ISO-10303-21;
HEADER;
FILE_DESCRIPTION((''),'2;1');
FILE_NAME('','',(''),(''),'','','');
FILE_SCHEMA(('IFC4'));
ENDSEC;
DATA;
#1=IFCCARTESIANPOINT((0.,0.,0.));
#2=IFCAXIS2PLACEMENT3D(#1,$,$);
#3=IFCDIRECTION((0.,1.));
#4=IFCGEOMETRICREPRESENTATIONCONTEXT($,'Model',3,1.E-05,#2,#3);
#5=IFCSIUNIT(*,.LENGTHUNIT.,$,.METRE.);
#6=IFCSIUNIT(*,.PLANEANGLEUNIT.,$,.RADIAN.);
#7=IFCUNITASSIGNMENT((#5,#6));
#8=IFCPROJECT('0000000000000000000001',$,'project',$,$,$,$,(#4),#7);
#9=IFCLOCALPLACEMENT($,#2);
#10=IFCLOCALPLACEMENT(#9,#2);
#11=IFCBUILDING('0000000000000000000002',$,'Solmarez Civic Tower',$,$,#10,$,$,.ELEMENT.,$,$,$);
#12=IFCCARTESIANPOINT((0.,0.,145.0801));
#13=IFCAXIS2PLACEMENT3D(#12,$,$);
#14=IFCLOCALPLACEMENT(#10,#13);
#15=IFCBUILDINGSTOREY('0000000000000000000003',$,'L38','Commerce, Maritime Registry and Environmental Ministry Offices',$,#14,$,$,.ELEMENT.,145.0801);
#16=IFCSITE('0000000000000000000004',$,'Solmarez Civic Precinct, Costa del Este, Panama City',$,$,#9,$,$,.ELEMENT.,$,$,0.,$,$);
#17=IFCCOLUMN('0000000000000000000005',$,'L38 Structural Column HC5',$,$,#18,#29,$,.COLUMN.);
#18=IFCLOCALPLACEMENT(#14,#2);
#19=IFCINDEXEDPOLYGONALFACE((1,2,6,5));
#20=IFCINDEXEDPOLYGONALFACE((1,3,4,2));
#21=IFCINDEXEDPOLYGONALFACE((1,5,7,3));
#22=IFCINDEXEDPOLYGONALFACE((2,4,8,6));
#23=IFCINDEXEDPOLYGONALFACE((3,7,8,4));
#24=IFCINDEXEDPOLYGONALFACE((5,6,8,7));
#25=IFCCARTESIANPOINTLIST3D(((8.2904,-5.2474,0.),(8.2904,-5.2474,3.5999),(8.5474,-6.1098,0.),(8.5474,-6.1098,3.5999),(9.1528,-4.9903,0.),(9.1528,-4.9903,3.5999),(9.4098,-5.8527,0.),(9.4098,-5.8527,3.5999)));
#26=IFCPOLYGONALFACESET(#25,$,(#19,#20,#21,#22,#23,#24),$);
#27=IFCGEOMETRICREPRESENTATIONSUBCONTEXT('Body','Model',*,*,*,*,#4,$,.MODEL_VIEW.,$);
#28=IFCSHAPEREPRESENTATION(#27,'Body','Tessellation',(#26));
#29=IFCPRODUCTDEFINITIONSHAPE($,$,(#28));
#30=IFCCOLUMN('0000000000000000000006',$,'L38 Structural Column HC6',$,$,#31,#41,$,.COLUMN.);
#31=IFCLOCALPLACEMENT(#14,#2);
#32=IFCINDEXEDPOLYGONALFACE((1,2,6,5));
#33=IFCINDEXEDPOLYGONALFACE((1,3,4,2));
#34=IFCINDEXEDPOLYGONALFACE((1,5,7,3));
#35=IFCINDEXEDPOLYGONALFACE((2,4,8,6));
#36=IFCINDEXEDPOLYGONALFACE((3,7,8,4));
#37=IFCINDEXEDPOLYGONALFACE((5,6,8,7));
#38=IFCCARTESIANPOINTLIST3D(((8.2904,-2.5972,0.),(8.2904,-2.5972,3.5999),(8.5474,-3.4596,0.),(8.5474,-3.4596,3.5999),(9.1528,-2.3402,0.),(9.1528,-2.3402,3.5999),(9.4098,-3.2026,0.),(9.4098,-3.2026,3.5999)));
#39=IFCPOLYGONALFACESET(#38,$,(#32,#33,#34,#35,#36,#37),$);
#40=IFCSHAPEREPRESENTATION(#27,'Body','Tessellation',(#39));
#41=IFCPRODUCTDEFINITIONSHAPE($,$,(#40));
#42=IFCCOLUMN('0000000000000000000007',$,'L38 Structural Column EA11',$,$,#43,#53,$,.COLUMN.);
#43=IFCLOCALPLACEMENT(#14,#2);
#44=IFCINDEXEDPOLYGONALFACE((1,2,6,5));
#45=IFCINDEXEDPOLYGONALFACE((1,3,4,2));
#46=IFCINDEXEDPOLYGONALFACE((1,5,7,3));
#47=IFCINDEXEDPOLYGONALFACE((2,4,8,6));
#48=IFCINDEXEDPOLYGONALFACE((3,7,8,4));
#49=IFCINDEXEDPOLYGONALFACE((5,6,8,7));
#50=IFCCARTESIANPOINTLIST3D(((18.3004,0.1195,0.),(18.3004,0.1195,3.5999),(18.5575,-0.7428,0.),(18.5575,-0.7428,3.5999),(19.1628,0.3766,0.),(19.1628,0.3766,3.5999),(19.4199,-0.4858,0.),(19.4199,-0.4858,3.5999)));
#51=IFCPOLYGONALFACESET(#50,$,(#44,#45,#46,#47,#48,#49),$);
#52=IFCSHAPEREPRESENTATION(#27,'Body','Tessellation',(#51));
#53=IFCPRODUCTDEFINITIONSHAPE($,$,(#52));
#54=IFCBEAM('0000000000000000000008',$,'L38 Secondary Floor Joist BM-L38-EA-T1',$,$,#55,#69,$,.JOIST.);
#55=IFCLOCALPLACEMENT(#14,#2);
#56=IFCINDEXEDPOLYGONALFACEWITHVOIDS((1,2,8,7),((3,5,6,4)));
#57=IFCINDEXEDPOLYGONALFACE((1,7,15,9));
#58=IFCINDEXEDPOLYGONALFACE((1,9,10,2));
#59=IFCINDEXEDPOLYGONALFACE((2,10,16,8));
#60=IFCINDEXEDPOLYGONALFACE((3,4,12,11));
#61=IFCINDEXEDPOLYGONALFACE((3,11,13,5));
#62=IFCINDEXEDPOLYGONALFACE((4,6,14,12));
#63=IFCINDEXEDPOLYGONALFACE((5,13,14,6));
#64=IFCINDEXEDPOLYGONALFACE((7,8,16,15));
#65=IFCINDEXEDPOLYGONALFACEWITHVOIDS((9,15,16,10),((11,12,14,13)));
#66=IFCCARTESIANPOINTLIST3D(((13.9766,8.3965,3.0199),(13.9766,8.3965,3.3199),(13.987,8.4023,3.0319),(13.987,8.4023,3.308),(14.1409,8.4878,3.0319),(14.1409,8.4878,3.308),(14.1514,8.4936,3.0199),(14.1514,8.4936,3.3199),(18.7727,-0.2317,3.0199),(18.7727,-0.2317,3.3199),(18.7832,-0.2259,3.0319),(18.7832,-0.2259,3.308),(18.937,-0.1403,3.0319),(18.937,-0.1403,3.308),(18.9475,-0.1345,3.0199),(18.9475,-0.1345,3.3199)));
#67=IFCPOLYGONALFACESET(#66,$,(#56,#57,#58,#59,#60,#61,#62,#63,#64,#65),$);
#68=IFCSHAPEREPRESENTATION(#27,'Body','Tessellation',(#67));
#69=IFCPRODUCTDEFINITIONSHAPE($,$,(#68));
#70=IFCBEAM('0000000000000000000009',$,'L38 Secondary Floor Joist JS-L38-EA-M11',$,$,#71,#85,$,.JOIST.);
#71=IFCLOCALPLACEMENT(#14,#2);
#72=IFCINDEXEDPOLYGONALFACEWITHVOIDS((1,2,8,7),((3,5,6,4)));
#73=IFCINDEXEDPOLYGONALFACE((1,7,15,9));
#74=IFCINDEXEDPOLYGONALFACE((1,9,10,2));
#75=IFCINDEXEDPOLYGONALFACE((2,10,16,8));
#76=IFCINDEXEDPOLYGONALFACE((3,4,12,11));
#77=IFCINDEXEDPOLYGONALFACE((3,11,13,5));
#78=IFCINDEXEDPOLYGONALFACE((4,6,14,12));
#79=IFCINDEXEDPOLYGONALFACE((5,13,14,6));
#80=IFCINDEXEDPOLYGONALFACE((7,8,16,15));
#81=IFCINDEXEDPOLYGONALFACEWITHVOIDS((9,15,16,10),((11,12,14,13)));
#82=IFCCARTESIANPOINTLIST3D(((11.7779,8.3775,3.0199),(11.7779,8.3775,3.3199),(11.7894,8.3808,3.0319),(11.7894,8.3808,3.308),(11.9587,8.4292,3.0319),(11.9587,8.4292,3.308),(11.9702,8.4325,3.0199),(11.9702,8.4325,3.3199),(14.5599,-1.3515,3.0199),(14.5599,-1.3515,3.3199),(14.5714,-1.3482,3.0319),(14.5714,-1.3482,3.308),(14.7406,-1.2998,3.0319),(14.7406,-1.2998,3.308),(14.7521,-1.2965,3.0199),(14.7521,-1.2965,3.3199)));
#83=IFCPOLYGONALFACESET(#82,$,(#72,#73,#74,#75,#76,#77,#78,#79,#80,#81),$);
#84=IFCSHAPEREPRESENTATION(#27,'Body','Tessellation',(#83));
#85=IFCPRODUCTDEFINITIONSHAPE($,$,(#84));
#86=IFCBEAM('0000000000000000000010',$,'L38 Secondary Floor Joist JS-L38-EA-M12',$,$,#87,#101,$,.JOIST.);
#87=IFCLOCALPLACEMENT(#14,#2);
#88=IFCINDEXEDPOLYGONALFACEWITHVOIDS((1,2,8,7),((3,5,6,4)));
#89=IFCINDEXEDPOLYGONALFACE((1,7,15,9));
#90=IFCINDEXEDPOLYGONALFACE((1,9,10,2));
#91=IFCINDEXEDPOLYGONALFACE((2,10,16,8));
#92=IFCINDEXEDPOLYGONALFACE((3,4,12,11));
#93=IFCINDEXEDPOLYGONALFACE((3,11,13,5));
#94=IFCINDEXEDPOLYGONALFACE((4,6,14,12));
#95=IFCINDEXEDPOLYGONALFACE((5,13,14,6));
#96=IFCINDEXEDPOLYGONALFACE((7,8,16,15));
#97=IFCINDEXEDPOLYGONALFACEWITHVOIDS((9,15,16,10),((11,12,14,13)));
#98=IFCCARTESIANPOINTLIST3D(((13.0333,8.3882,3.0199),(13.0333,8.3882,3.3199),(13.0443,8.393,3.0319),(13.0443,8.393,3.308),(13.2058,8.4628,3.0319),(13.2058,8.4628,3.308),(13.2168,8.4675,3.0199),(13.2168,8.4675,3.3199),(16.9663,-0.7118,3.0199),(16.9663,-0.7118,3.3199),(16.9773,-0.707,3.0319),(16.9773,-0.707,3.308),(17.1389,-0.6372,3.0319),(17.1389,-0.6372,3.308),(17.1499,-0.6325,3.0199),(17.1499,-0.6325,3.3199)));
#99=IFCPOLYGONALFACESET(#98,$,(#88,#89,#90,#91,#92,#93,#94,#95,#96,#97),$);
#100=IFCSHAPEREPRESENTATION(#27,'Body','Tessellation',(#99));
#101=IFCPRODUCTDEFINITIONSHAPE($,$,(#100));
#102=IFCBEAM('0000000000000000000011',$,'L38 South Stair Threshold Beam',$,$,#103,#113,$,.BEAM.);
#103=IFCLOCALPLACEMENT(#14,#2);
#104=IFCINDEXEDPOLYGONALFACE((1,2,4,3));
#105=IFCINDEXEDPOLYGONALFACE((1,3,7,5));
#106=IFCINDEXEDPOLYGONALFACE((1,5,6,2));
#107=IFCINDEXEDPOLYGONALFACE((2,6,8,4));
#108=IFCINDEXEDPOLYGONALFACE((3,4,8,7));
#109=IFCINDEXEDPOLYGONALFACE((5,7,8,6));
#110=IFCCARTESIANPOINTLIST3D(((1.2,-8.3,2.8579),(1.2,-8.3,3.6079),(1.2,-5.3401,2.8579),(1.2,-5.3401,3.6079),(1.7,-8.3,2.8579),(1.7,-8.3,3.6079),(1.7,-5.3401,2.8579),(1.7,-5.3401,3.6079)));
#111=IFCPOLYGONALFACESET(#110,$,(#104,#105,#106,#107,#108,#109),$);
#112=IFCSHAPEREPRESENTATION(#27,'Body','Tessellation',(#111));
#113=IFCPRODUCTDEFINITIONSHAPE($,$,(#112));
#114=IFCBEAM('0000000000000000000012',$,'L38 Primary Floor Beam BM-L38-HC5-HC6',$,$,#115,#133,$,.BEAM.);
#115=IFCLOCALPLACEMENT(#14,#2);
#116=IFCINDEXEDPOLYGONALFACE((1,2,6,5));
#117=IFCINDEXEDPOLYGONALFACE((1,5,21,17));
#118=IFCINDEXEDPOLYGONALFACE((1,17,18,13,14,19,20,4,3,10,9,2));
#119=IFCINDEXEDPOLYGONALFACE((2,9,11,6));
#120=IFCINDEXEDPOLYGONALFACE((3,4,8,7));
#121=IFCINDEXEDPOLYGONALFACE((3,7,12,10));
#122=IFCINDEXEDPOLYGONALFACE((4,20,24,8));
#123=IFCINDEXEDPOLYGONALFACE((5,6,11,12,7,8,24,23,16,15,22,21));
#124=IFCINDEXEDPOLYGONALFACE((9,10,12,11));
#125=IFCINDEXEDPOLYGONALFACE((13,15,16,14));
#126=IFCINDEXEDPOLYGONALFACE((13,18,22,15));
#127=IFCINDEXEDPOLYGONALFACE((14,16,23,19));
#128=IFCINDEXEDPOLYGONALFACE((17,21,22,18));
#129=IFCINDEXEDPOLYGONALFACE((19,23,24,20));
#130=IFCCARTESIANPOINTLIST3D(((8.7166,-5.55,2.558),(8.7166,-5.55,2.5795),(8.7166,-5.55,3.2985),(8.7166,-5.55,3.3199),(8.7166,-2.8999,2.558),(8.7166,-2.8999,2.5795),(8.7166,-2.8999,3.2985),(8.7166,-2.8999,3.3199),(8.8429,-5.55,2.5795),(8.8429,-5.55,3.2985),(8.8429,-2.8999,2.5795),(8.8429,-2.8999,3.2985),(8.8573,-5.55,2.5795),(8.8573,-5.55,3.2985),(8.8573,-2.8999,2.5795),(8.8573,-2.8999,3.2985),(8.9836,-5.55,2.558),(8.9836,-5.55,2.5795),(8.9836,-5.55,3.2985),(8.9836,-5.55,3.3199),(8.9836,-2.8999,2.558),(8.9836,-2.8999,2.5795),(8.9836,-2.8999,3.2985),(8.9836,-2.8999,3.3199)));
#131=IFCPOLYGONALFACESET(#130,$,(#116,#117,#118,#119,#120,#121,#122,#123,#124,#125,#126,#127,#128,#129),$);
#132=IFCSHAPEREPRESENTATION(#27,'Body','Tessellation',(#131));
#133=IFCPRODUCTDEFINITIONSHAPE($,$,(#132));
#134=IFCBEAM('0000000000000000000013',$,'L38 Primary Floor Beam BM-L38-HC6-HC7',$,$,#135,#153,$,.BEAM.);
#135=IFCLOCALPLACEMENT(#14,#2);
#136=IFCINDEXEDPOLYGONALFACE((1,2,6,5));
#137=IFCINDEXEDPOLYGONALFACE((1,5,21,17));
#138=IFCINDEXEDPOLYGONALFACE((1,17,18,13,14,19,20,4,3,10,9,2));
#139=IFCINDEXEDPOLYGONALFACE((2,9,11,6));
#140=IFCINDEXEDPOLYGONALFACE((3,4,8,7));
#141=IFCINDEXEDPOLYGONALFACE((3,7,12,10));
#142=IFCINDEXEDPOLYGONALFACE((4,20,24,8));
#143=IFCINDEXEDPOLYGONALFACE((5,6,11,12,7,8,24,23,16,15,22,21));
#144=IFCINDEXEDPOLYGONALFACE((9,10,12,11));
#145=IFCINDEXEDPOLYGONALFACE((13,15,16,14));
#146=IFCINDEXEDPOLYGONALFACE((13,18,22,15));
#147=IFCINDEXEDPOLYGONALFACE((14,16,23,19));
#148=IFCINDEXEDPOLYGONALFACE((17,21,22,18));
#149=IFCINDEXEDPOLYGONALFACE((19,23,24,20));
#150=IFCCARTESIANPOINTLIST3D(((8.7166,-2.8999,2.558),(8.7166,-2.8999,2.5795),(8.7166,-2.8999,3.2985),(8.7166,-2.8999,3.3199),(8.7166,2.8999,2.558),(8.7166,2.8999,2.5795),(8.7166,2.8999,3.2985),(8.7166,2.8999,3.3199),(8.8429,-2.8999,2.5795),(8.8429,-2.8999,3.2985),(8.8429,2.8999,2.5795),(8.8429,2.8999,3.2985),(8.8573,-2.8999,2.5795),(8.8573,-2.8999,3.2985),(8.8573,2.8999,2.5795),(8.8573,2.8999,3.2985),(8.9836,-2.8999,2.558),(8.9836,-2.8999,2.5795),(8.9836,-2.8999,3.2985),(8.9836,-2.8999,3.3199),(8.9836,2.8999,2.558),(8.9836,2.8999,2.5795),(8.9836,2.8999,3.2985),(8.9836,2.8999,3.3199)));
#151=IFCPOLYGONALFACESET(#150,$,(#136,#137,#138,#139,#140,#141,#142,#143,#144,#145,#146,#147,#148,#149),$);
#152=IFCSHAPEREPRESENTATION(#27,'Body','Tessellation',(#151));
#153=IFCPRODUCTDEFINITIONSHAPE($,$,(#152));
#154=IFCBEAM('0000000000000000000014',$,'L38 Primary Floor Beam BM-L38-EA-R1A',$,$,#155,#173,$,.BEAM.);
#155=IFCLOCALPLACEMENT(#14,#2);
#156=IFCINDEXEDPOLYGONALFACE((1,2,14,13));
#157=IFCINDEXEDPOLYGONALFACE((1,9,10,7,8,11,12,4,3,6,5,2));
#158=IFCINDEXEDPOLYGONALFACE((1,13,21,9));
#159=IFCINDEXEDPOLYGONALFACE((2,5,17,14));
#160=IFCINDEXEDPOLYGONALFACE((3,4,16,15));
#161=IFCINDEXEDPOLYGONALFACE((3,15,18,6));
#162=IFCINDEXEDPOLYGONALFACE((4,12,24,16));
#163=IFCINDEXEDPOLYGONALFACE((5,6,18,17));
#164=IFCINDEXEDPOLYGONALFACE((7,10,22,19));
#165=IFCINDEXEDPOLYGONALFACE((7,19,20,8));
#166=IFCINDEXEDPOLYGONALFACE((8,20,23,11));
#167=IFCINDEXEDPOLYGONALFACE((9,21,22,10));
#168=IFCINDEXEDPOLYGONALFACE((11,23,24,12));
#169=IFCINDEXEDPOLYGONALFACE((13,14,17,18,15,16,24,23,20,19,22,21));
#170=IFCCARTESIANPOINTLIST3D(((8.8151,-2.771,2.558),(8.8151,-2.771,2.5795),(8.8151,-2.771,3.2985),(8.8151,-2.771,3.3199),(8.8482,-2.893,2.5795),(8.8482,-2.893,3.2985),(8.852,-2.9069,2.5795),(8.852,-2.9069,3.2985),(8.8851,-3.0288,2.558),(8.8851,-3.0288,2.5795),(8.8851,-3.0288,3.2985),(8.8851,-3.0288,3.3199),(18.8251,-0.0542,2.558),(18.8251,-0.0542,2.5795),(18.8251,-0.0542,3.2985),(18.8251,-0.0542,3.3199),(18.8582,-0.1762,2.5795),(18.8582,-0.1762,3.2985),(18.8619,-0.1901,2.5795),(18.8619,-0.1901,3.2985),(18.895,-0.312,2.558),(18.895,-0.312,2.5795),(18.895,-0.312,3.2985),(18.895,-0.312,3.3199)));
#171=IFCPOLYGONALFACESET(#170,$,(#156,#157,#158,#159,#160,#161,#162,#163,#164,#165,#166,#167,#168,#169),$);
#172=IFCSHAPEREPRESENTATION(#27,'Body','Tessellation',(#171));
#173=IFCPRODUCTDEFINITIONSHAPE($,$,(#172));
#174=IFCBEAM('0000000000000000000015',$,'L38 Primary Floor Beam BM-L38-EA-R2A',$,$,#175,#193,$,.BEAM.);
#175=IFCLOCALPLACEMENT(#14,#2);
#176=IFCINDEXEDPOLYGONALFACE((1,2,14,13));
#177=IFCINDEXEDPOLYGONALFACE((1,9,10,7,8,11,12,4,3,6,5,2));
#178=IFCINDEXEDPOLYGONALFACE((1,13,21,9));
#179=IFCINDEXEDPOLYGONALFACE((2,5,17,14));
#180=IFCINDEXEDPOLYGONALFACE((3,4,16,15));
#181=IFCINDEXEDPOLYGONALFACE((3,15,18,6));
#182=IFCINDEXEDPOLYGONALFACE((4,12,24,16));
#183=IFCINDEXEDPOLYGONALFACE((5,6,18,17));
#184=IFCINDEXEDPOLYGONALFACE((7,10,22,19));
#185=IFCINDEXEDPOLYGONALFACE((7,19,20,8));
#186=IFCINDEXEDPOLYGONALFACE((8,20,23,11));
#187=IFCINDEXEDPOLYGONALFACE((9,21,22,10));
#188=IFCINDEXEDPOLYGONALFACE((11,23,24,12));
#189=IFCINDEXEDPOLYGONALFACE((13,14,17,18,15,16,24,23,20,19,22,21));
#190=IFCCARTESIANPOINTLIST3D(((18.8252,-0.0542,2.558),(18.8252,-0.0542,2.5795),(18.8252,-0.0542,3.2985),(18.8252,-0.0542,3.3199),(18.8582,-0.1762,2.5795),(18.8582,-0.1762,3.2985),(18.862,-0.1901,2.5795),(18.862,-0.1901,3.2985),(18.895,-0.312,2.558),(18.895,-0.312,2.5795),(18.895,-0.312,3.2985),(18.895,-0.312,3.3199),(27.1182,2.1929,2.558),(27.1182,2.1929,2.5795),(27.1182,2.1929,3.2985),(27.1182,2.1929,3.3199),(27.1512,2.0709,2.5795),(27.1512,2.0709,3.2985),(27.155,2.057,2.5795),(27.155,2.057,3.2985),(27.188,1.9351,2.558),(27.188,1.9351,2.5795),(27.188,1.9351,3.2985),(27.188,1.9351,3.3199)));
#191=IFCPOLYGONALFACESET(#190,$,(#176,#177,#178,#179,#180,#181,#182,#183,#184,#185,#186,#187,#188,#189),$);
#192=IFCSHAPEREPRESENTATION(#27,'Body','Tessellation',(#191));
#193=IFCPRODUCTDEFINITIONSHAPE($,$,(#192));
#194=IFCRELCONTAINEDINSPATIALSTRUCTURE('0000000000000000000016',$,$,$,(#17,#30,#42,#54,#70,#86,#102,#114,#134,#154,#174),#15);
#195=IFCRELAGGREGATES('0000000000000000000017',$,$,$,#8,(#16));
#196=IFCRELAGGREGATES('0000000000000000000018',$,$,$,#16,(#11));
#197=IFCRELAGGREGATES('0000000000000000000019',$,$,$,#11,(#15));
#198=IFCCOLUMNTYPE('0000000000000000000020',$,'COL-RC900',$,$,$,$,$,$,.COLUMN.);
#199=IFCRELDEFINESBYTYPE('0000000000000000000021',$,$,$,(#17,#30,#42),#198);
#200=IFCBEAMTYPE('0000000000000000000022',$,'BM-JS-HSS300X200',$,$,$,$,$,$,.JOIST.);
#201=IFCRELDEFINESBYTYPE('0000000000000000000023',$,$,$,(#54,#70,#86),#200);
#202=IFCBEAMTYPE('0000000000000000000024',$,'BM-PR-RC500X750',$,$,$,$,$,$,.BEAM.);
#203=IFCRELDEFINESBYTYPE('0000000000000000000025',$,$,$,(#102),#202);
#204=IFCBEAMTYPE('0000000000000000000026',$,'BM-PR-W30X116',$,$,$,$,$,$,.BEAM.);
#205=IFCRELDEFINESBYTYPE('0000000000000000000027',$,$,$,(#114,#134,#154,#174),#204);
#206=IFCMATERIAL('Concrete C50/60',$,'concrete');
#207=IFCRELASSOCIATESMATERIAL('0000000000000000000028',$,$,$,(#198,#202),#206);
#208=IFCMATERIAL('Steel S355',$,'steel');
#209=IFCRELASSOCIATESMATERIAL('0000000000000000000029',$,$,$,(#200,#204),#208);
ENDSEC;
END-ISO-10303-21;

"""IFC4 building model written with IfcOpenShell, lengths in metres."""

from ifc_helpers import new_model, si_unit, direction, frame, origin, origin_2d, place, context, subcontext, project, spatial, rectangle, hollow_rectangle, i_section, extrude, material, material_profile, profile_set, type_object, element, save


model = new_model("IFC4")

# Units and contexts
model_context = context("Model", 3, precision=1e-05, world=origin(), true_north=direction((0.0, 1.0)))
body_context = subcontext(model_context, "Body", "Model", "MODEL_VIEW")
ifc_project = project(units=[si_unit("LENGTHUNIT", "METRE"), si_unit("PLANEANGLEUNIT", "RADIAN")], contexts=[model_context])

# Site, building, storey
site_placement = place(None, origin())
site = spatial("IfcSite", under=ifc_project, at=site_placement, Name="Solmarez Civic Precinct, Costa del Este, Panama City", CompositionType="ELEMENT", RefElevation=0.0)
building_placement = place(site_placement, origin())
building = spatial("IfcBuilding", under=site, at=building_placement, Name="Solmarez Civic Tower", CompositionType="ELEMENT")
storey_placement = place(building_placement, frame((0.0, 0.0, 145.0801)))
storey = spatial("IfcBuildingStorey", under=building, at=storey_placement, Name="L38", Description="Commerce, Maritime Registry and Environmental Ministry Offices", CompositionType="ELEMENT", Elevation=145.0801)

# Columns
ifc_material_1 = material(Name="Concrete C50/60", Category="concrete")
ifc_material_profile_1 = material_profile(ifc_material_1, rectangle(XDim=0.8999, YDim=0.8999, at=origin_2d()), Name="RC900X900")
ifc_profile_set_1 = profile_set([ifc_material_profile_1], Name="Concrete C50/60")
column_type = type_object("IfcColumnType", Name="COL-RC900", PredefinedType="COLUMN", material=ifc_profile_set_1)
for number, where, z_axis, x_axis, name in (
    (1, (8.8501, -5.55, 0.0), (0.0, 0.0, 1.0), (0.958323, 0.285688, 0.0), "L38 Structural Column HC5"),
    (2, (8.8501, -2.8999, 0.0), (0.0, 0.0, 1.0), (0.958323, 0.285688, 0.0), "L38 Structural Column HC6"),
    (3, (18.8601, -0.1831, 0.0), (0.0, 0.0, 1.0), (0.958323, 0.285688, 0.0), "L38 Structural Column EA11"),
):
    element("IfcColumn", number, at=place(storey_placement, frame(where, z_axis=z_axis, x_axis=x_axis)), inside=storey, type_object=column_type, Name=name, PredefinedType="COLUMN", context=body_context, shape_type="SweptSolid", body=[
        extrude(rectangle(XDim=0.8999, YDim=0.8999, at=origin_2d()), origin(), (0.0, 0.0, 1.0), 3.5999),
    ])

# Beams
ifc_material_2 = material(Name="Steel S355", Category="steel")
ifc_material_profile_2 = material_profile(ifc_material_2, hollow_rectangle(XDim=0.2, YDim=0.3, WallThickness=0.012, at=origin_2d()), Name="HSS300X200X12")
ifc_profile_set_2 = profile_set([ifc_material_profile_2], Name="Steel S355")
beam_type_1 = type_object("IfcBeamType", Name="BM-JS-HSS300X200", PredefinedType="JOIST", material=ifc_profile_set_2)
beam_1_placement = place(storey_placement, frame((18.8601, -0.1831, 3.1699), z_axis=(-0.485853, 0.874041, 0.0), x_axis=(-0.874041, -0.485853, 0.0)))
element("IfcBeam", 4, at=beam_1_placement, inside=storey, type_object=beam_type_1, Name="L38 Secondary Floor Joist BM-L38-EA-T1", PredefinedType="JOIST", context=body_context, shape_type="SweptSolid", body=[
    extrude(hollow_rectangle(XDim=0.2, YDim=0.3, WallThickness=0.012, at=origin_2d()), origin(), (0.0, 0.0, 1.0), 9.8716),
])
beam_2_placement = place(storey_placement, frame((14.656, -1.324, 3.1699), z_axis=(-0.274928, 0.961465, 0.0), x_axis=(-0.961465, -0.274928, 0.0)))
element("IfcBeam", 5, at=beam_2_placement, inside=storey, type_object=beam_type_1, Name="L38 Secondary Floor Joist JS-L38-EA-M11", PredefinedType="JOIST", context=body_context, shape_type="SweptSolid", body=[
    extrude(hollow_rectangle(XDim=0.2, YDim=0.3, WallThickness=0.012, at=origin_2d()), origin(), (0.0, 0.0, 1.0), 10.1189),
])
beam_3_placement = place(storey_placement, frame((17.0581, -0.6721, 3.1699), z_axis=(-0.396735, 0.917933, 0.0), x_axis=(-0.917933, -0.396735, 0.0)))
element("IfcBeam", 6, at=beam_3_placement, inside=storey, type_object=beam_type_1, Name="L38 Secondary Floor Joist JS-L38-EA-M12", PredefinedType="JOIST", context=body_context, shape_type="SweptSolid", body=[
    extrude(hollow_rectangle(XDim=0.2, YDim=0.3, WallThickness=0.012, at=origin_2d()), origin(), (0.0, 0.0, 1.0), 9.9136),
])
ifc_material_profile_3 = material_profile(ifc_material_1, rectangle(XDim=0.5, YDim=0.75, at=origin_2d()), Name="RC500X750")
ifc_profile_set_3 = profile_set([ifc_material_profile_3], Name="Concrete C50/60")
beam_type_2 = type_object("IfcBeamType", Name="BM-PR-RC500X750", PredefinedType="BEAM", material=ifc_profile_set_3)
beam_4_placement = place(storey_placement, frame((1.45, -8.3, 3.2329), z_axis=(0.0, 1.0, 0.0), x_axis=(-1.0, 0.0, 0.0)))
element("IfcBeam", 7, at=beam_4_placement, inside=storey, type_object=beam_type_2, Name="L38 South Stair Threshold Beam", PredefinedType="BEAM", context=body_context, shape_type="SweptSolid", body=[
    extrude(rectangle(XDim=0.5, YDim=0.75, at=origin_2d()), origin(), (0.0, 0.0, 1.0), 2.96),
])
ifc_material_profile_4 = material_profile(ifc_material_2, i_section(OverallWidth=0.2671, OverallDepth=0.762, WebThickness=0.0144, FlangeThickness=0.0215, at=origin_2d()), Name="W30X116")
ifc_profile_set_4 = profile_set([ifc_material_profile_4], Name="Steel S355")
beam_type_3 = type_object("IfcBeamType", Name="BM-PR-W30X116", PredefinedType="BEAM", material=ifc_profile_set_4)
beam_5_placement = place(storey_placement, frame((8.8501, -5.55, 2.939), z_axis=(0.0, 1.0, 0.0), x_axis=(-1.0, 0.0, 0.0)))
element("IfcBeam", 8, at=beam_5_placement, inside=storey, type_object=beam_type_3, Name="L38 Primary Floor Beam BM-L38-HC5-HC6", PredefinedType="BEAM", context=body_context, shape_type="SweptSolid", body=[
    extrude(i_section(OverallWidth=0.2671, OverallDepth=0.762, WebThickness=0.0144, FlangeThickness=0.0215, at=origin_2d()), origin(), (0.0, 0.0, 1.0), 2.6501),
])
beam_6_placement = place(storey_placement, frame((8.8501, -2.8999, 2.939), z_axis=(0.0, 1.0, 0.0), x_axis=(-1.0, 0.0, 0.0)))
element("IfcBeam", 9, at=beam_6_placement, inside=storey, type_object=beam_type_3, Name="L38 Primary Floor Beam BM-L38-HC6-HC7", PredefinedType="BEAM", context=body_context, shape_type="SweptSolid", body=[
    extrude(i_section(OverallWidth=0.2671, OverallDepth=0.762, WebThickness=0.0144, FlangeThickness=0.0215, at=origin_2d()), origin(), (0.0, 0.0, 1.0), 5.7998),
])
beam_7_placement = place(storey_placement, frame((8.8501, -2.8999, 2.939), z_axis=(0.965086, 0.261932, 0.0), x_axis=(-0.261932, 0.965086, 0.0)))
element("IfcBeam", 10, at=beam_7_placement, inside=storey, type_object=beam_type_3, Name="L38 Primary Floor Beam BM-L38-EA-R1A", PredefinedType="BEAM", context=body_context, shape_type="SweptSolid", body=[
    extrude(i_section(OverallWidth=0.2671, OverallDepth=0.762, WebThickness=0.0144, FlangeThickness=0.0215, at=origin_2d()), origin(), (0.0, 0.0, 1.0), 10.3721),
])
beam_8_placement = place(storey_placement, frame((18.8601, -0.1831, 2.939), z_axis=(0.965195, 0.26153, 0.0), x_axis=(-0.26153, 0.965195, 0.0)))
element("IfcBeam", 11, at=beam_8_placement, inside=storey, type_object=beam_type_3, Name="L38 Primary Floor Beam BM-L38-EA-R2A", PredefinedType="BEAM", context=body_context, shape_type="SweptSolid", body=[
    extrude(i_section(OverallWidth=0.2671, OverallDepth=0.762, WebThickness=0.0144, FlangeThickness=0.0215, at=origin_2d()), origin(), (0.0, 0.0, 1.0), 8.592),
])

save(model, "model.ifc")
